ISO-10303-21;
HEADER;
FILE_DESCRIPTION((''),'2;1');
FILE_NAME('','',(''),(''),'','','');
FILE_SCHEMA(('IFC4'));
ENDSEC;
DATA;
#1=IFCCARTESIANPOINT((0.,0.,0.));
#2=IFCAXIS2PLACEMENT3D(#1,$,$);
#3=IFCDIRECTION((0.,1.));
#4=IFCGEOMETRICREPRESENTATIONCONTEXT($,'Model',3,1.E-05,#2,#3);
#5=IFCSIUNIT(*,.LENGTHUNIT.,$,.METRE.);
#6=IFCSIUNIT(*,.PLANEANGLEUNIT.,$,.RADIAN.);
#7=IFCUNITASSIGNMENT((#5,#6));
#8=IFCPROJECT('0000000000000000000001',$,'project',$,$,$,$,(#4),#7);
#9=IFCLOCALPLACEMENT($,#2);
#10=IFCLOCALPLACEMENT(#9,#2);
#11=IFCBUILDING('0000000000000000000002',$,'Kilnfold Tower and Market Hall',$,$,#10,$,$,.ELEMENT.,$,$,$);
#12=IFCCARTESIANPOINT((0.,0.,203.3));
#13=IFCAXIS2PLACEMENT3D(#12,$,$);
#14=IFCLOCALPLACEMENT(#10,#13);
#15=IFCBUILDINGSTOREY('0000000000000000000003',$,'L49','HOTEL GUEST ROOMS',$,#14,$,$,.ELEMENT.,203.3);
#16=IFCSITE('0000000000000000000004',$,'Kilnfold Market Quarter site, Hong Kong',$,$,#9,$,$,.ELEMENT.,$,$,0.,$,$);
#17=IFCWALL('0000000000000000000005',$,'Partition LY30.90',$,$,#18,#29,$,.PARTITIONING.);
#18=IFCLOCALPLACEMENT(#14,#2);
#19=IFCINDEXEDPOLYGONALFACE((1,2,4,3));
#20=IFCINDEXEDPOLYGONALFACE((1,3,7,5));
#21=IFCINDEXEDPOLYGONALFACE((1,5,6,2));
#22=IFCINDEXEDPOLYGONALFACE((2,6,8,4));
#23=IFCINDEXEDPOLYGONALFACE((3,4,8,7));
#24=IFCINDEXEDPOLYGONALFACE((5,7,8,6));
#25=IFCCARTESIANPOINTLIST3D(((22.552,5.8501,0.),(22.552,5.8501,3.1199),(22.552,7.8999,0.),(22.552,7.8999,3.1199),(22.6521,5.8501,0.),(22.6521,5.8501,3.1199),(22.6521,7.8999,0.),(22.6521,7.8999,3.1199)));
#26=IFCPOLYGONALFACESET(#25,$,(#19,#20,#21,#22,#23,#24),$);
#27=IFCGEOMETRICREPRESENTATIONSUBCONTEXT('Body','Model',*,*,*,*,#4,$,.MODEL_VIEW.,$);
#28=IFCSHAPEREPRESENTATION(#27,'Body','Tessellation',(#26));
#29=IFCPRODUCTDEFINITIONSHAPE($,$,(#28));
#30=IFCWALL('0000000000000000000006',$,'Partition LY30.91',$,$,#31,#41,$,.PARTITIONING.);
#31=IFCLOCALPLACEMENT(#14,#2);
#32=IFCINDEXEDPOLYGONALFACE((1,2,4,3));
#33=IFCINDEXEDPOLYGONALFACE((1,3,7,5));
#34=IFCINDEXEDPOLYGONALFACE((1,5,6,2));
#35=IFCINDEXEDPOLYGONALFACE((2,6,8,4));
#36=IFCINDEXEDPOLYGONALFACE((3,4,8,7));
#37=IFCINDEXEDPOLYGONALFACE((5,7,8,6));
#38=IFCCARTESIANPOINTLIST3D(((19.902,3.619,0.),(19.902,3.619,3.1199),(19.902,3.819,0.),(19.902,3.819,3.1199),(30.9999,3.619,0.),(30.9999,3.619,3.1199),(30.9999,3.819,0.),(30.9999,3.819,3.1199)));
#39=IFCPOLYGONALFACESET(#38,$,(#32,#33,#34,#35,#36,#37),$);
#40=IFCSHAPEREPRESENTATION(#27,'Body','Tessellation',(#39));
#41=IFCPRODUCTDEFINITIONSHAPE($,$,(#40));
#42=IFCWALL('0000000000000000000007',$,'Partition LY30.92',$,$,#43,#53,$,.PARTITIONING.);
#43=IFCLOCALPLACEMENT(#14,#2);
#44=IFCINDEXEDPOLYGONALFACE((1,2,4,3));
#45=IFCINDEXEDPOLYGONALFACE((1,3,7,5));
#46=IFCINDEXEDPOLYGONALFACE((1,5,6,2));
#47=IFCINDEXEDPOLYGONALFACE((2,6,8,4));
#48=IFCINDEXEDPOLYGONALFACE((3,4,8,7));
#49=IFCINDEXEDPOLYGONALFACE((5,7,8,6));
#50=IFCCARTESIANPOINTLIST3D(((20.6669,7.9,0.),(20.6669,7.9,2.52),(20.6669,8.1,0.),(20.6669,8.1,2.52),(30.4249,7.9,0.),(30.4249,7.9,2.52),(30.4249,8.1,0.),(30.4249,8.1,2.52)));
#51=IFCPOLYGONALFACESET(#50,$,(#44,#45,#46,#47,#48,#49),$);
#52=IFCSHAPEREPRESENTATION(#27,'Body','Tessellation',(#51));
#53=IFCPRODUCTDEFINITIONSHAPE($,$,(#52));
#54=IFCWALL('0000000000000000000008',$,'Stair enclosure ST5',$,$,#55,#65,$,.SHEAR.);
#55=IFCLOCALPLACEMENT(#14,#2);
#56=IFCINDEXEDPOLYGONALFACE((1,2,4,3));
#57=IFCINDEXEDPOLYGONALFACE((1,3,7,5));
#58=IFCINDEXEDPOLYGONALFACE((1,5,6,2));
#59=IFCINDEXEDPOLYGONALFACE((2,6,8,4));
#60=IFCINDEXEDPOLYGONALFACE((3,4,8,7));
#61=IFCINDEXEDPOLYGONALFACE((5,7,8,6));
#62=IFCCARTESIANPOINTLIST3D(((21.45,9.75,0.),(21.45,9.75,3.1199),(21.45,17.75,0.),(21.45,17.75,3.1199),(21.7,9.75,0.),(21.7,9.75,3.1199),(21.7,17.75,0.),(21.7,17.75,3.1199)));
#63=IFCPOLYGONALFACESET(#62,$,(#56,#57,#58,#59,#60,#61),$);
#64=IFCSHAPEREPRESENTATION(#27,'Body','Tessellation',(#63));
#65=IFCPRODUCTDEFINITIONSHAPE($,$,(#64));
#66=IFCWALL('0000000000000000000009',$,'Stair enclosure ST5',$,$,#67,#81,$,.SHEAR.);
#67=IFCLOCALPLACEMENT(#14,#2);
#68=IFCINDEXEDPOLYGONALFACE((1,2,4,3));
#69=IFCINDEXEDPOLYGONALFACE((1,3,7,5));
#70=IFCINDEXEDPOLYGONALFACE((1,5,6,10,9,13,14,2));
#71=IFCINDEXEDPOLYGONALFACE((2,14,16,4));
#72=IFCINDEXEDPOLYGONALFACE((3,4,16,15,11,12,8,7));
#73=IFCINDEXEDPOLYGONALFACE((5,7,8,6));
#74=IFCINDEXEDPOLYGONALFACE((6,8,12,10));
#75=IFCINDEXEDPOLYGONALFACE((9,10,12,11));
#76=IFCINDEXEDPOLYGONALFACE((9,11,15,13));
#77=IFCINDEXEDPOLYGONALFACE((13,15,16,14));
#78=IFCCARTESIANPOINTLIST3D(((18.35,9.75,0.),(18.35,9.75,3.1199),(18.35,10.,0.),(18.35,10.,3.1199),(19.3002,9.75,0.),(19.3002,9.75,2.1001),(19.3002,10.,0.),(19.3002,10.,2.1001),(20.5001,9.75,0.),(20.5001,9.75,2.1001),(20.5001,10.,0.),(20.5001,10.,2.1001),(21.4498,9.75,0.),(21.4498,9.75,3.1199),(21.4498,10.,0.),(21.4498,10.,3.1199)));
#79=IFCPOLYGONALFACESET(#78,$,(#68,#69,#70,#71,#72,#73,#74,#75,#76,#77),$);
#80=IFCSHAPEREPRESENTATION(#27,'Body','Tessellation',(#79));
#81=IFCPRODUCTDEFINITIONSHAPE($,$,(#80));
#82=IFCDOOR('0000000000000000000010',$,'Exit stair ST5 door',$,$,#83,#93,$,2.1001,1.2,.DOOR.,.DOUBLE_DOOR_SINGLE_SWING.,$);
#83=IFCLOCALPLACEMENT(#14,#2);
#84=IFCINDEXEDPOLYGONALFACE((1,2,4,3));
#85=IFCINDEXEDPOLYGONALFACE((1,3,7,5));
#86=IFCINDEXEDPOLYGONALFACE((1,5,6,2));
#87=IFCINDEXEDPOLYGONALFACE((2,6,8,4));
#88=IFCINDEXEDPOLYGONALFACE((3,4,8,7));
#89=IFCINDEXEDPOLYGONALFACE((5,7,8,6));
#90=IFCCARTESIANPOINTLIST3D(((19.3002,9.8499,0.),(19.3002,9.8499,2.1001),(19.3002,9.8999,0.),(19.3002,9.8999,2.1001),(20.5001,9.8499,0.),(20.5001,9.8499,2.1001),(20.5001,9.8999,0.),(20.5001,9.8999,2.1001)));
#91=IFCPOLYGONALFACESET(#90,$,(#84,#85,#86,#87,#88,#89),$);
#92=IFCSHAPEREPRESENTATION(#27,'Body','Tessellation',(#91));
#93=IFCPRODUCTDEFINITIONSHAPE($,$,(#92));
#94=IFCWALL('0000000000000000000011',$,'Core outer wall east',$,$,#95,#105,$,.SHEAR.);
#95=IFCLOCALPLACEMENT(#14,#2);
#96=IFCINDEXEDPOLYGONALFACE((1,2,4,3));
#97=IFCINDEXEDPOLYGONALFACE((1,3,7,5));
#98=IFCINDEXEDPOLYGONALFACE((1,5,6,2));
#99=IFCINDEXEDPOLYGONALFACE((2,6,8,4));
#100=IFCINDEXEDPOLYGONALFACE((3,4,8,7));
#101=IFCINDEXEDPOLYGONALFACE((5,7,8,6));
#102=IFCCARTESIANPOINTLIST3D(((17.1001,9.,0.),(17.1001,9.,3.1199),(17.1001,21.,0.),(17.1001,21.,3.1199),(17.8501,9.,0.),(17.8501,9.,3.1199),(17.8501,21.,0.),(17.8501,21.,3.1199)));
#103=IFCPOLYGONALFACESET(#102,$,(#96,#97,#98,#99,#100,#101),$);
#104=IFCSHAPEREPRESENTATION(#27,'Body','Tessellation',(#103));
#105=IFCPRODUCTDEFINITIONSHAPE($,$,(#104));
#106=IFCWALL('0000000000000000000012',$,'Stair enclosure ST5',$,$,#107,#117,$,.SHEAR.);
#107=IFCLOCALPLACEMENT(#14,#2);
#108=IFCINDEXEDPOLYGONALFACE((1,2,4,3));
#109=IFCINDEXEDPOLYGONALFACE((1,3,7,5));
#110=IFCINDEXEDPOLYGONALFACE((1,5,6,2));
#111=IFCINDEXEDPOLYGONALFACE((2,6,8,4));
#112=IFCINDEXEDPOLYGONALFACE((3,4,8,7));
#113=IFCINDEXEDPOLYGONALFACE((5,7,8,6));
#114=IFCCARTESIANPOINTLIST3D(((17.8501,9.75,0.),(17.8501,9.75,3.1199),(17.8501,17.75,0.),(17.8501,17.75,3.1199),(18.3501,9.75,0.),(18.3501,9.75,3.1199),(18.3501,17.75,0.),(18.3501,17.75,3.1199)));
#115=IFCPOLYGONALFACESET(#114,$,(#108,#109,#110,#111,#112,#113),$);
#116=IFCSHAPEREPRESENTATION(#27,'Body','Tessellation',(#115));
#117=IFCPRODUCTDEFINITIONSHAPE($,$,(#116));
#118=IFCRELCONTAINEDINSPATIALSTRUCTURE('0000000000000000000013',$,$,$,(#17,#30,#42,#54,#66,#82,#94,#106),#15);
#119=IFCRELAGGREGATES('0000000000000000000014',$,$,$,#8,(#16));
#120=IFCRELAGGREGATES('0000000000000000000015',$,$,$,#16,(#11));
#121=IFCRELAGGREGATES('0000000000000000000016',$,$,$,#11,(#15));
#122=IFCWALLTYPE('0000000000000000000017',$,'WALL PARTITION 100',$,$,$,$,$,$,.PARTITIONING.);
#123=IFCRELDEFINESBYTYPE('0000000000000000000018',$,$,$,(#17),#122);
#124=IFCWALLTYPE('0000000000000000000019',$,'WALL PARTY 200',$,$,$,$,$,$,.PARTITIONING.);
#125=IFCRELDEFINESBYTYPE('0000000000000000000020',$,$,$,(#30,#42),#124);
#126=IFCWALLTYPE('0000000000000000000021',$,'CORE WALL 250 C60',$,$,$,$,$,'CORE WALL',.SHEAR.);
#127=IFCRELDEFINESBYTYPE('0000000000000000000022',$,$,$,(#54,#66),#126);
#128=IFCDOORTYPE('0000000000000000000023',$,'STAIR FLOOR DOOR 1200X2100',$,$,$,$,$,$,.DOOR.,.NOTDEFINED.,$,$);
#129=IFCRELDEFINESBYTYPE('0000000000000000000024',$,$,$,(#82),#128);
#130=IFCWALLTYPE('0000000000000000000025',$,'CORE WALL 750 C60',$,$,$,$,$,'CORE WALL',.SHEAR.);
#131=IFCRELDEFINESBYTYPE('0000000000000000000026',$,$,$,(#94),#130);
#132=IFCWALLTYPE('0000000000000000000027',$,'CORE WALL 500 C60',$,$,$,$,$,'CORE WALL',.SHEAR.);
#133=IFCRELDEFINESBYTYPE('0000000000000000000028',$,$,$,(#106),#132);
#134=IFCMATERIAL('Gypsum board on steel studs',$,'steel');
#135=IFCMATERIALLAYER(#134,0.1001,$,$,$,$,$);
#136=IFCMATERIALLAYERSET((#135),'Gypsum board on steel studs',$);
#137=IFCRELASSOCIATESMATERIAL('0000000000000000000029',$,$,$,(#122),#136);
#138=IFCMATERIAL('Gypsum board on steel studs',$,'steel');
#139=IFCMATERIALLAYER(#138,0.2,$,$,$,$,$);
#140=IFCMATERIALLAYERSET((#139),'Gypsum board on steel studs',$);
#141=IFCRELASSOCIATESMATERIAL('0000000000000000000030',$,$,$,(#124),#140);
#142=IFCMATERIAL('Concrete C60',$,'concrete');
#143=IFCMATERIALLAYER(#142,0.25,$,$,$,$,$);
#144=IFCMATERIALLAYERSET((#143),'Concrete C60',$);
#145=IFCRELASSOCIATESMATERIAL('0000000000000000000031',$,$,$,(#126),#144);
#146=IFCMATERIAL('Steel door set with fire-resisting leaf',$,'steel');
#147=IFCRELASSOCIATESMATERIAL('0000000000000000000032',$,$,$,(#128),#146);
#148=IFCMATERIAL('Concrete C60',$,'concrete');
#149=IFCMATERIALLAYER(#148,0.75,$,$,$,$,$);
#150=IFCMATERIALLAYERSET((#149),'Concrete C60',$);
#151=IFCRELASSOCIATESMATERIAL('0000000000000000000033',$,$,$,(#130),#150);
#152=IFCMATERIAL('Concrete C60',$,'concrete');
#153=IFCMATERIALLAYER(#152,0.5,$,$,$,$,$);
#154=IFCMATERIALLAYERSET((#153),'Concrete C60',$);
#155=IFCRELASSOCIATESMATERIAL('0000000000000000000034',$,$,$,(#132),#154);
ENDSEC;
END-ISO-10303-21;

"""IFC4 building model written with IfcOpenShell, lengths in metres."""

from ifc_helpers import new_model, si_unit, direction, frame, frame_2d, origin, place, context, subcontext, project, spatial, rectangle, extrude, source, transform, mapped, material, layer, layer_set, type_object, element, fill, save


model = new_model("IFC4")

# Units and contexts
model_context = context("Model", 3, precision=1e-05, world=origin(), true_north=direction((0.0, 1.0)))
body_context = subcontext(model_context, "Body", "Model", "MODEL_VIEW")
ifc_project = project(units=[si_unit("LENGTHUNIT", "METRE"), si_unit("PLANEANGLEUNIT", "RADIAN")], contexts=[model_context])

# Site, building, storey
site_placement = place(None, origin())
site = spatial("IfcSite", under=ifc_project, at=site_placement, Name="Kilnfold Market Quarter site, Hong Kong", CompositionType="ELEMENT", RefElevation=0.0)
building_placement = place(site_placement, origin())
building = spatial("IfcBuilding", under=site, at=building_placement, Name="Kilnfold Tower and Market Hall", CompositionType="ELEMENT")
storey_placement = place(building_placement, frame((0.0, 0.0, 203.3)))
storey = spatial("IfcBuildingStorey", under=building, at=storey_placement, Name="L49", Description="HOTEL GUEST ROOMS", CompositionType="ELEMENT", Elevation=203.3)

# Shared definitions
ifc_material_1 = material(Name="Gypsum board on steel studs", Category="steel")
ifc_layer_1 = layer(ifc_material_1, 0.1001)
ifc_layer_set_1 = layer_set([ifc_layer_1], Name="Gypsum board on steel studs")
wall_type_1 = type_object("IfcWallType", Name="WALL PARTITION 100", PredefinedType="PARTITIONING", material=ifc_layer_set_1)

# Walls
wall_1_placement = place(storey_placement, frame((22.6021, 5.8501, 0.0), z_axis=(0.0, 0.0, 1.0), x_axis=(0.0, 1.0, 0.0)))
element("IfcWall", 1, at=wall_1_placement, inside=storey, type_object=wall_type_1, Name="Partition LY30.90", PredefinedType="PARTITIONING", context=body_context, shape_type="SweptSolid", body=[
    extrude(rectangle(XDim=2.0498, YDim=0.1001, at=frame_2d((1.0249, 0.0))), origin(), (0.0, 0.0, 1.0), 3.1199),
])
ifc_material_2 = material(Name="Gypsum board on steel studs", Category="steel")
ifc_layer_2 = layer(ifc_material_2, 0.2)
ifc_layer_set_2 = layer_set([ifc_layer_2], Name="Gypsum board on steel studs")
wall_type_2 = type_object("IfcWallType", Name="WALL PARTY 200", PredefinedType="PARTITIONING", material=ifc_layer_set_2)
wall_2_placement = place(storey_placement, frame((19.9021, 3.719, 0.0), z_axis=(0.0, 0.0, 1.0), x_axis=(1.0, 0.0, 0.0)))
element("IfcWall", 2, at=wall_2_placement, inside=storey, type_object=wall_type_2, Name="Partition LY30.91", PredefinedType="PARTITIONING", context=body_context, shape_type="SweptSolid", body=[
    extrude(rectangle(XDim=11.0979, YDim=0.2, at=frame_2d((5.5488, 0.0))), origin(), (0.0, 0.0, 1.0), 3.1199),
])
wall_3_placement = place(storey_placement, frame((20.667, 8.0, 0.0), z_axis=(0.0, 0.0, 1.0), x_axis=(1.0, 0.0, 0.0)))
element("IfcWall", 3, at=wall_3_placement, inside=storey, type_object=wall_type_2, Name="Partition LY30.92", PredefinedType="PARTITIONING", context=body_context, shape_type="SweptSolid", body=[
    extrude(rectangle(XDim=9.7581, YDim=0.2, at=frame_2d((4.8789, 0.0))), origin(), (0.0, 0.0, 1.0), 2.52),
])
ifc_material_3 = material(Name="Concrete C60", Category="concrete")
ifc_layer_3 = layer(ifc_material_3, 0.25)
ifc_layer_set_3 = layer_set([ifc_layer_3], Name="Concrete C60")
wall_type_3 = type_object("IfcWallType", Name="CORE WALL 250 C60", ElementType="CORE WALL", PredefinedType="SHEAR", material=ifc_layer_set_3)
shared_shape_1 = source(origin(), body_context, "Body", "SweptSolid", [
    extrude(rectangle(XDim=8.0, YDim=0.25, at=frame_2d((4.0, 0.0))), origin(), (0.0, 0.0, 1.0), 3.1199),
])
wall_4_placement = place(storey_placement, frame((21.575, 9.75, 0.0), z_axis=(0.0, 0.0, 1.0), x_axis=(0.0, 1.0, 0.0)))
element("IfcWall", 4, at=wall_4_placement, inside=storey, type_object=wall_type_3, Name="Stair enclosure ST5", PredefinedType="SHEAR", context=body_context, shape_type="MappedRepresentation", body=[
    mapped(shared_shape_1, transform((0.0, 0.0, 0.0))),
])

# Wall, opening, door
shared_shape_2 = source(origin(), body_context, "Body", "SweptSolid", [
    extrude(rectangle(XDim=3.0999, YDim=0.25, at=frame_2d((1.5498, 0.0))), origin(), (0.0, 0.0, 1.0), 3.1199),
])
wall_5_placement = place(storey_placement, frame((18.3501, 9.875, 0.0), z_axis=(0.0, 0.0, 1.0), x_axis=(1.0, 0.0, 0.0)))
wall_5 = element("IfcWall", 5, at=wall_5_placement, inside=storey, type_object=wall_type_3, Name="Stair enclosure ST5", PredefinedType="SHEAR", context=body_context, shape_type="MappedRepresentation", body=[
    mapped(shared_shape_2, transform((0.0, 0.0, 0.0))),
])
opening_1_placement = place(wall_5_placement, frame((0.95, 0.0, 0.0)))
opening_1 = element("IfcOpeningElement", 6, at=opening_1_placement, cuts=wall_5, PredefinedType="OPENING", context=body_context, shape_type="SweptSolid", body=[
    extrude(rectangle(XDim=1.2, YDim=2.1001, at=frame_2d((0.6001, 1.05))), frame((0.0, 0.135, 0.0), z_axis=(0.0, -1.0, 0.0), x_axis=(1.0, 0.0, 0.0)), (0.0, 0.0, 1.0), 0.27),
])
ifc_material_4 = material(Name="Steel door set with fire-resisting leaf", Category="steel")
door_type_1 = type_object("IfcDoorType", Name="STAIR FLOOR DOOR 1200X2100", OperationType="NOTDEFINED", PredefinedType="DOOR", material=ifc_material_4)
door_1_placement = place(opening_1_placement, origin())
door_1 = element("IfcDoor", 7, at=door_1_placement, inside=storey, type_object=door_type_1, Name="Exit stair ST5 door", OperationType="DOUBLE_DOOR_SINGLE_SWING", OverallHeight=2.1001, OverallWidth=1.2, PredefinedType="DOOR", context=body_context, shape_type="SweptSolid", body=[
    extrude(rectangle(XDim=1.2, YDim=2.1001, at=frame_2d((0.6001, 1.05))), frame((0.0, 0.0249, 0.0), z_axis=(0.0, -1.0, 0.0), x_axis=(1.0, 0.0, 0.0)), (0.0, 0.0, 1.0), 0.05),
])
fill(opening_1, door_1)

# Walls
ifc_material_5 = material(Name="Concrete C60", Category="concrete")
ifc_layer_4 = layer(ifc_material_5, 0.75)
ifc_layer_set_4 = layer_set([ifc_layer_4], Name="Concrete C60")
wall_type_4 = type_object("IfcWallType", Name="CORE WALL 750 C60", ElementType="CORE WALL", PredefinedType="SHEAR", material=ifc_layer_set_4)
shared_shape_3 = source(origin(), body_context, "Body", "SweptSolid", [
    extrude(rectangle(XDim=12.0, YDim=0.75, at=frame_2d((6.0, 0.0))), origin(), (0.0, 0.0, 1.0), 3.1199),
])
wall_6_placement = place(storey_placement, frame((17.4751, 9.0, 0.0), z_axis=(0.0, 0.0, 1.0), x_axis=(0.0, 1.0, 0.0)))
element("IfcWall", 8, at=wall_6_placement, inside=storey, type_object=wall_type_4, Name="Core outer wall east", PredefinedType="SHEAR", context=body_context, shape_type="MappedRepresentation", body=[
    mapped(shared_shape_3, transform((0.0, 0.0, 0.0))),
])
ifc_material_6 = material(Name="Concrete C60", Category="concrete")
ifc_layer_5 = layer(ifc_material_6, 0.5)
ifc_layer_set_5 = layer_set([ifc_layer_5], Name="Concrete C60")
wall_type_5 = type_object("IfcWallType", Name="CORE WALL 500 C60", ElementType="CORE WALL", PredefinedType="SHEAR", material=ifc_layer_set_5)
shared_shape_4 = source(origin(), body_context, "Body", "SweptSolid", [
    extrude(rectangle(XDim=8.0, YDim=0.5, at=frame_2d((4.0, 0.0))), origin(), (0.0, 0.0, 1.0), 3.1199),
])
wall_7_placement = place(storey_placement, frame((18.1001, 9.75, 0.0), z_axis=(0.0, 0.0, 1.0), x_axis=(0.0, 1.0, 0.0)))
element("IfcWall", 9, at=wall_7_placement, inside=storey, type_object=wall_type_5, Name="Stair enclosure ST5", PredefinedType="SHEAR", context=body_context, shape_type="MappedRepresentation", body=[
    mapped(shared_shape_4, transform((0.0, 0.0, 0.0))),
])

save(model, "model.ifc")
